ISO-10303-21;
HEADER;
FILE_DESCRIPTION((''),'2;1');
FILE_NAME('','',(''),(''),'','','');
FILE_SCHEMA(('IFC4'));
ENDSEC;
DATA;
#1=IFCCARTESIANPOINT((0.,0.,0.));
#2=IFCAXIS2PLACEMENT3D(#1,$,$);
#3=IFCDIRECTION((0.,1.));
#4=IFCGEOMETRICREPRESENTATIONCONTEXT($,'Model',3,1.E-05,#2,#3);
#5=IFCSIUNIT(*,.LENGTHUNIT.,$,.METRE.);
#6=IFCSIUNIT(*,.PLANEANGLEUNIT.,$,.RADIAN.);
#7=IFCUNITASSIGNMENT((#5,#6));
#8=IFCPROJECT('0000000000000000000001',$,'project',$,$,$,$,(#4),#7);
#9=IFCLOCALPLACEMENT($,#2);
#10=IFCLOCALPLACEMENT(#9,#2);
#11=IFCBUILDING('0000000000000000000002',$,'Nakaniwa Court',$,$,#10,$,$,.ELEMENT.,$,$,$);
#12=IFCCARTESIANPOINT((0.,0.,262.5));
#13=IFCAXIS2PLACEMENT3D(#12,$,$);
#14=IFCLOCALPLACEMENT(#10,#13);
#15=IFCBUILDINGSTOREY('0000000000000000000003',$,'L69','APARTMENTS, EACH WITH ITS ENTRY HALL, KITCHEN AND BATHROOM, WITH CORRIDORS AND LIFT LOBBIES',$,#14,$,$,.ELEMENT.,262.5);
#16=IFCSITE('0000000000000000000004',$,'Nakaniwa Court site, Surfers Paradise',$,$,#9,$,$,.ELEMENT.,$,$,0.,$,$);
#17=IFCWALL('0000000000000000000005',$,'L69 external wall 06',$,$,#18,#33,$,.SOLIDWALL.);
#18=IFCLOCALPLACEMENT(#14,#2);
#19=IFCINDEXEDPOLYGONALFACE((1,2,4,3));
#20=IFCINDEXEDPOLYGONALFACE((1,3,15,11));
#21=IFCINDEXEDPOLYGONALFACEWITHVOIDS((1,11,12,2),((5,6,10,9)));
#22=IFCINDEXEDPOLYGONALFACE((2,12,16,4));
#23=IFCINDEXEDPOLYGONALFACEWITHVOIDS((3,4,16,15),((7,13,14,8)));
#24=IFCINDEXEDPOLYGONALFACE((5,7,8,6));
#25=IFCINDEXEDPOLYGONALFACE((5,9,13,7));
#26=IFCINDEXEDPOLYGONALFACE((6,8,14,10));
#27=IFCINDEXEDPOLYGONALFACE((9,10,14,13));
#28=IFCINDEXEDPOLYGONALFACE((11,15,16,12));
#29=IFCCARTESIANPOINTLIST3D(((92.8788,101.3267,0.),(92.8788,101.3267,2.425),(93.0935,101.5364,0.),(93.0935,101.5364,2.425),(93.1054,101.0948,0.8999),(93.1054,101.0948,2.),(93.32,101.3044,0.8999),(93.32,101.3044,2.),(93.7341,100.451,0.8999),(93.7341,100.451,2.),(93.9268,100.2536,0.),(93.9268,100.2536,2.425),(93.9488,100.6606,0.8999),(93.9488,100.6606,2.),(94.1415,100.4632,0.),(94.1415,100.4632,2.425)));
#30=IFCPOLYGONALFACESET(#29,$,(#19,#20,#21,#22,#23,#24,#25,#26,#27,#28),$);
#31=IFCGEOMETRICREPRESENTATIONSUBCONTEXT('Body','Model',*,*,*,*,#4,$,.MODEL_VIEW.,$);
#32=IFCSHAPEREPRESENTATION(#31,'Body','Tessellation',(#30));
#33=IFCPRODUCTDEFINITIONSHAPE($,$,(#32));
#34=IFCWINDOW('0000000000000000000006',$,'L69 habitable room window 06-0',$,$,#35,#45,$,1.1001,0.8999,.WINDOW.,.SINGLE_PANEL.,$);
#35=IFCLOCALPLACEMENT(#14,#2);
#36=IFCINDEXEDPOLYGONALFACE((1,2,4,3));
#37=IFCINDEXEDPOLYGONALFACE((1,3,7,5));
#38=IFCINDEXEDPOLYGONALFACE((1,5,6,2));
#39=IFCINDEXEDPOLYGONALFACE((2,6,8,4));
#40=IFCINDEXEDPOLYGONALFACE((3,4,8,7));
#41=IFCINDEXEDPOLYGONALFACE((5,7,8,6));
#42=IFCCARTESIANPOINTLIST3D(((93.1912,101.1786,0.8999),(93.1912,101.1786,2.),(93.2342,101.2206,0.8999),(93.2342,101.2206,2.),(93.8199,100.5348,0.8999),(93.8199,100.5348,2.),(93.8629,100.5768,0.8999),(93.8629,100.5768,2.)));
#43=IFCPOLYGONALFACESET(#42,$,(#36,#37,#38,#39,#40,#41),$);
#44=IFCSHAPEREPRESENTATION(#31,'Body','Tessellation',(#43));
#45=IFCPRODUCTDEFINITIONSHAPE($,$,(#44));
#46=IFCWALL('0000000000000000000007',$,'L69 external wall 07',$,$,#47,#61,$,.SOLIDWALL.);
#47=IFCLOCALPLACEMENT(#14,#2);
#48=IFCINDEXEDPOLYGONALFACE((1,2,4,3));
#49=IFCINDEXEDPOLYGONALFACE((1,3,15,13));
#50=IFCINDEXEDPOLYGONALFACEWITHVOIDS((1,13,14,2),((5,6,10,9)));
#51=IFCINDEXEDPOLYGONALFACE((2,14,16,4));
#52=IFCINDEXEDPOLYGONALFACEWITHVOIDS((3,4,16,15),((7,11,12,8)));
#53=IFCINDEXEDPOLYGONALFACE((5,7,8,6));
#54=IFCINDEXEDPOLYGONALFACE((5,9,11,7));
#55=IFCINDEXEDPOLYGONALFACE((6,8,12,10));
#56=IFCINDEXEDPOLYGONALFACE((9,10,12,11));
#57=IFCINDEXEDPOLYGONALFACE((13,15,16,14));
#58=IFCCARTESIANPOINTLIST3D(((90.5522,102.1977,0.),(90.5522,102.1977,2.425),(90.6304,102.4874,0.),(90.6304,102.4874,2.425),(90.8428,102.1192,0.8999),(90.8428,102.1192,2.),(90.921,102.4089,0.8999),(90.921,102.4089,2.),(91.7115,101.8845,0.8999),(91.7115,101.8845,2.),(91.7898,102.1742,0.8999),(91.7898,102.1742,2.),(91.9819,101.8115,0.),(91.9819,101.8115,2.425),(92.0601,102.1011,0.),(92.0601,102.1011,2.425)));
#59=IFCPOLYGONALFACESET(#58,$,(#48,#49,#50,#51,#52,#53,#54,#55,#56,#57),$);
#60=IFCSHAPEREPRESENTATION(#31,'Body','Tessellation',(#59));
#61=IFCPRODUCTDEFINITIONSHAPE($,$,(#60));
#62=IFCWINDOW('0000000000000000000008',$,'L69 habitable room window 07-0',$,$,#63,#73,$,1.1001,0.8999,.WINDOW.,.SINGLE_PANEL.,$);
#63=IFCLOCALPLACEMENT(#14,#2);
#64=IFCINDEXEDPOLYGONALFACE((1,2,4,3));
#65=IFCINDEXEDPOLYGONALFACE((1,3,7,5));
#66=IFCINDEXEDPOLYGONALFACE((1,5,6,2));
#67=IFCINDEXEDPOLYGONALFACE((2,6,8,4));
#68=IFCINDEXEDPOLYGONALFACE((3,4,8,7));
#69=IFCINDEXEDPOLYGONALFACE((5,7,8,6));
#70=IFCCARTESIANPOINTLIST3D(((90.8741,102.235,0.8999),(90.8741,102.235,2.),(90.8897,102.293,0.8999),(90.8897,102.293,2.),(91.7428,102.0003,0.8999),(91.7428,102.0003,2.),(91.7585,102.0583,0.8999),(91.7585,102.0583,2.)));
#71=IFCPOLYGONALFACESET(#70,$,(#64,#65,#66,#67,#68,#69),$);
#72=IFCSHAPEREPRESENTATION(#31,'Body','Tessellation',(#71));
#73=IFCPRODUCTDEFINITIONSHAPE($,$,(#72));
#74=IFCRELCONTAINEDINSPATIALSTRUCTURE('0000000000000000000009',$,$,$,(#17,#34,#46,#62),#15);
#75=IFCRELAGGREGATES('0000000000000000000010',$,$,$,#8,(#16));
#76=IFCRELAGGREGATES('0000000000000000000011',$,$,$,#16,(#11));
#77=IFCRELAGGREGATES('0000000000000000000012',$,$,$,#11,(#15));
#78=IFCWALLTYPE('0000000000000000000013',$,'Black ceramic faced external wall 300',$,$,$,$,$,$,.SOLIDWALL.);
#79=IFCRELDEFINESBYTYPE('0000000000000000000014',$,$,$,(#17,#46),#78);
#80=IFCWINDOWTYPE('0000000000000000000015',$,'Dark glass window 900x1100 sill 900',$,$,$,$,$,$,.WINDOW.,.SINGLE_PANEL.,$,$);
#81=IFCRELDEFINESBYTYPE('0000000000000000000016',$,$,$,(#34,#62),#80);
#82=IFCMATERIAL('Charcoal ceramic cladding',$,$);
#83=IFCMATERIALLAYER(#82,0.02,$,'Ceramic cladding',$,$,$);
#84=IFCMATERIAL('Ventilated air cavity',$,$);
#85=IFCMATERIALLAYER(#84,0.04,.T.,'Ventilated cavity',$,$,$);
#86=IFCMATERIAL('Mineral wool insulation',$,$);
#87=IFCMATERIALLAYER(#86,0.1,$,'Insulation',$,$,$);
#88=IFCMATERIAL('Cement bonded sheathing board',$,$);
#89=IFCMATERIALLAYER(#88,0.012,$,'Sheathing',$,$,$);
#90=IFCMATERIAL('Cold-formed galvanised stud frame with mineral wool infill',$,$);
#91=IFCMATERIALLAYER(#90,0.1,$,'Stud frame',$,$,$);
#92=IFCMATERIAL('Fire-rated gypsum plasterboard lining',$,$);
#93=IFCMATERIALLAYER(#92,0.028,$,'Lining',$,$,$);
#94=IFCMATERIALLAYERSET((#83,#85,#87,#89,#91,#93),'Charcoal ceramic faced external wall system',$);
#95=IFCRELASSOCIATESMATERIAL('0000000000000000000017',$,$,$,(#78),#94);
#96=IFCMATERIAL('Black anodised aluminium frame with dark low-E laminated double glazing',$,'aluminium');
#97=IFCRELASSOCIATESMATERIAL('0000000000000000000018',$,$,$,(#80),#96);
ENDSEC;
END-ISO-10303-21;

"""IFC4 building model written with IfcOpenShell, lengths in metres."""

from ifc_helpers import new_model, si_unit, direction, frame, frame_2d, origin, place, context, subcontext, project, spatial, rectangle, extrude, material, layer, layer_set, type_object, element, fill, save


model = new_model("IFC4")

# Units and contexts
model_context = context("Model", 3, precision=1e-05, world=origin(), true_north=direction((0.0, 1.0)))
body_context = subcontext(model_context, "Body", "Model", "MODEL_VIEW")
ifc_project = project(units=[si_unit("LENGTHUNIT", "METRE"), si_unit("PLANEANGLEUNIT", "RADIAN")], contexts=[model_context])

# Site, building, storey
site_placement = place(None, origin())
site = spatial("IfcSite", under=ifc_project, at=site_placement, Name="Nakaniwa Court site, Surfers Paradise", CompositionType="ELEMENT", RefElevation=0.0)
building_placement = place(site_placement, origin())
building = spatial("IfcBuilding", under=site, at=building_placement, Name="Nakaniwa Court", CompositionType="ELEMENT")
storey_placement = place(building_placement, frame((0.0, 0.0, 262.5)))
storey = spatial("IfcBuildingStorey", under=building, at=storey_placement, Name="L69", Description="APARTMENTS, EACH WITH ITS ENTRY HALL, KITCHEN AND BATHROOM, WITH CORRIDORS AND LIFT LOBBIES", CompositionType="ELEMENT", Elevation=262.5)

# Walls, openings, windows
ifc_material_1 = material(Name="Charcoal ceramic cladding")
ifc_layer_1 = layer(ifc_material_1, 0.02, Name="Ceramic cladding")
ifc_material_2 = material(Name="Ventilated air cavity")
ifc_layer_2 = layer(ifc_material_2, 0.04, ventilated=True, Name="Ventilated cavity")
ifc_material_3 = material(Name="Mineral wool insulation")
ifc_layer_3 = layer(ifc_material_3, 0.1, Name="Insulation")
ifc_material_4 = material(Name="Cement bonded sheathing board")
ifc_layer_4 = layer(ifc_material_4, 0.012, Name="Sheathing")
ifc_material_5 = material(Name="Cold-formed galvanised stud frame with mineral wool infill")
ifc_layer_5 = layer(ifc_material_5, 0.1, Name="Stud frame")
ifc_material_6 = material(Name="Fire-rated gypsum plasterboard lining")
ifc_layer_6 = layer(ifc_material_6, 0.028, Name="Lining")
ifc_layer_set_1 = layer_set([ifc_layer_1, ifc_layer_2, ifc_layer_3, ifc_layer_4, ifc_layer_5, ifc_layer_6], Name="Charcoal ceramic faced external wall system")
wall_type_1 = type_object("IfcWallType", Name="Black ceramic faced external wall 300", PredefinedType="SOLIDWALL", material=ifc_layer_set_1)
ifc_material_7 = material(Name="Black anodised aluminium frame with dark low-E laminated double glazing", Category="aluminium")
wall_1_placement = place(storey_placement, frame((94.0342, 100.3584, 0.0), z_axis=(0.0, 0.0, 1.0), x_axis=(-0.698676, 0.715439, 0.0)))
wall_1 = element("IfcWall", 1, at=wall_1_placement, inside=storey, type_object=wall_type_1, Name="L69 external wall 06", PredefinedType="SOLIDWALL", context=body_context, shape_type="SweptSolid", body=[
    extrude(rectangle(XDim=1.5, YDim=0.3, at=frame_2d((0.75, 0.0))), origin(), (0.0, 0.0, 1.0), 2.425),
])
opening_1_placement = place(wall_1_placement, frame((0.2759, 0.0, 0.8999)))
opening_1 = element("IfcOpeningElement", 2, at=opening_1_placement, cuts=wall_1, PredefinedType="OPENING", context=body_context, shape_type="SweptSolid", body=[
    extrude(rectangle(XDim=0.8999, YDim=1.1001, at=frame_2d((0.45, 0.55))), frame((0.0, 0.1599, 0.0), z_axis=(0.0, -1.0, 0.0), x_axis=(1.0, 0.0, 0.0)), (0.0, 0.0, 1.0), 0.3201),
])
window_type_1 = type_object("IfcWindowType", Name="Dark glass window 900x1100 sill 900", PartitioningType="SINGLE_PANEL", PredefinedType="WINDOW", material=ifc_material_7)
window_1_placement = place(opening_1_placement, origin())
window_1 = element("IfcWindow", 3, at=window_1_placement, inside=storey, type_object=window_type_1, Name="L69 habitable room window 06-0", OverallHeight=1.1001, OverallWidth=0.8999, PartitioningType="SINGLE_PANEL", PredefinedType="WINDOW", context=body_context, shape_type="SweptSolid", body=[
    extrude(rectangle(XDim=0.8999, YDim=1.1001, at=frame_2d((0.45, 0.55))), frame((0.0, 0.03, 0.0), z_axis=(0.0, -1.0, 0.0), x_axis=(1.0, 0.0, 0.0)), (0.0, 0.0, 1.0), 0.0601),
])
fill(opening_1, window_1)
wall_2_placement = place(storey_placement, frame((92.021, 101.9563, 0.0), z_axis=(0.0, 0.0, 1.0), x_axis=(-0.965393, 0.260801, 0.0)))
wall_2 = element("IfcWall", 4, at=wall_2_placement, inside=storey, type_object=wall_type_1, Name="L69 external wall 07", PredefinedType="SOLIDWALL", context=body_context, shape_type="SweptSolid", body=[
    extrude(rectangle(XDim=1.481, YDim=0.3, at=frame_2d((0.7405, 0.0))), origin(), (0.0, 0.0, 1.0), 2.425),
])
opening_2_placement = place(wall_2_placement, frame((0.28, 0.0, 0.8999)))
opening_2 = element("IfcOpeningElement", 5, at=opening_2_placement, cuts=wall_2, PredefinedType="OPENING", context=body_context, shape_type="SweptSolid", body=[
    extrude(rectangle(XDim=0.8999, YDim=1.1001, at=frame_2d((0.45, 0.55))), frame((0.0, 0.1599, 0.0), z_axis=(0.0, -1.0, 0.0), x_axis=(1.0, 0.0, 0.0)), (0.0, 0.0, 1.0), 0.3201),
])
window_2_placement = place(opening_2_placement, origin())
window_2 = element("IfcWindow", 6, at=window_2_placement, inside=storey, type_object=window_type_1, Name="L69 habitable room window 07-0", OverallHeight=1.1001, OverallWidth=0.8999, PartitioningType="SINGLE_PANEL", PredefinedType="WINDOW", context=body_context, shape_type="SweptSolid", body=[
    extrude(rectangle(XDim=0.8999, YDim=1.1001, at=frame_2d((0.45, 0.55))), frame((0.0, 0.03, 0.0), z_axis=(0.0, -1.0, 0.0), x_axis=(1.0, 0.0, 0.0)), (0.0, 0.0, 1.0), 0.0601),
])
fill(opening_2, window_2)

save(model, "model.ifc")
